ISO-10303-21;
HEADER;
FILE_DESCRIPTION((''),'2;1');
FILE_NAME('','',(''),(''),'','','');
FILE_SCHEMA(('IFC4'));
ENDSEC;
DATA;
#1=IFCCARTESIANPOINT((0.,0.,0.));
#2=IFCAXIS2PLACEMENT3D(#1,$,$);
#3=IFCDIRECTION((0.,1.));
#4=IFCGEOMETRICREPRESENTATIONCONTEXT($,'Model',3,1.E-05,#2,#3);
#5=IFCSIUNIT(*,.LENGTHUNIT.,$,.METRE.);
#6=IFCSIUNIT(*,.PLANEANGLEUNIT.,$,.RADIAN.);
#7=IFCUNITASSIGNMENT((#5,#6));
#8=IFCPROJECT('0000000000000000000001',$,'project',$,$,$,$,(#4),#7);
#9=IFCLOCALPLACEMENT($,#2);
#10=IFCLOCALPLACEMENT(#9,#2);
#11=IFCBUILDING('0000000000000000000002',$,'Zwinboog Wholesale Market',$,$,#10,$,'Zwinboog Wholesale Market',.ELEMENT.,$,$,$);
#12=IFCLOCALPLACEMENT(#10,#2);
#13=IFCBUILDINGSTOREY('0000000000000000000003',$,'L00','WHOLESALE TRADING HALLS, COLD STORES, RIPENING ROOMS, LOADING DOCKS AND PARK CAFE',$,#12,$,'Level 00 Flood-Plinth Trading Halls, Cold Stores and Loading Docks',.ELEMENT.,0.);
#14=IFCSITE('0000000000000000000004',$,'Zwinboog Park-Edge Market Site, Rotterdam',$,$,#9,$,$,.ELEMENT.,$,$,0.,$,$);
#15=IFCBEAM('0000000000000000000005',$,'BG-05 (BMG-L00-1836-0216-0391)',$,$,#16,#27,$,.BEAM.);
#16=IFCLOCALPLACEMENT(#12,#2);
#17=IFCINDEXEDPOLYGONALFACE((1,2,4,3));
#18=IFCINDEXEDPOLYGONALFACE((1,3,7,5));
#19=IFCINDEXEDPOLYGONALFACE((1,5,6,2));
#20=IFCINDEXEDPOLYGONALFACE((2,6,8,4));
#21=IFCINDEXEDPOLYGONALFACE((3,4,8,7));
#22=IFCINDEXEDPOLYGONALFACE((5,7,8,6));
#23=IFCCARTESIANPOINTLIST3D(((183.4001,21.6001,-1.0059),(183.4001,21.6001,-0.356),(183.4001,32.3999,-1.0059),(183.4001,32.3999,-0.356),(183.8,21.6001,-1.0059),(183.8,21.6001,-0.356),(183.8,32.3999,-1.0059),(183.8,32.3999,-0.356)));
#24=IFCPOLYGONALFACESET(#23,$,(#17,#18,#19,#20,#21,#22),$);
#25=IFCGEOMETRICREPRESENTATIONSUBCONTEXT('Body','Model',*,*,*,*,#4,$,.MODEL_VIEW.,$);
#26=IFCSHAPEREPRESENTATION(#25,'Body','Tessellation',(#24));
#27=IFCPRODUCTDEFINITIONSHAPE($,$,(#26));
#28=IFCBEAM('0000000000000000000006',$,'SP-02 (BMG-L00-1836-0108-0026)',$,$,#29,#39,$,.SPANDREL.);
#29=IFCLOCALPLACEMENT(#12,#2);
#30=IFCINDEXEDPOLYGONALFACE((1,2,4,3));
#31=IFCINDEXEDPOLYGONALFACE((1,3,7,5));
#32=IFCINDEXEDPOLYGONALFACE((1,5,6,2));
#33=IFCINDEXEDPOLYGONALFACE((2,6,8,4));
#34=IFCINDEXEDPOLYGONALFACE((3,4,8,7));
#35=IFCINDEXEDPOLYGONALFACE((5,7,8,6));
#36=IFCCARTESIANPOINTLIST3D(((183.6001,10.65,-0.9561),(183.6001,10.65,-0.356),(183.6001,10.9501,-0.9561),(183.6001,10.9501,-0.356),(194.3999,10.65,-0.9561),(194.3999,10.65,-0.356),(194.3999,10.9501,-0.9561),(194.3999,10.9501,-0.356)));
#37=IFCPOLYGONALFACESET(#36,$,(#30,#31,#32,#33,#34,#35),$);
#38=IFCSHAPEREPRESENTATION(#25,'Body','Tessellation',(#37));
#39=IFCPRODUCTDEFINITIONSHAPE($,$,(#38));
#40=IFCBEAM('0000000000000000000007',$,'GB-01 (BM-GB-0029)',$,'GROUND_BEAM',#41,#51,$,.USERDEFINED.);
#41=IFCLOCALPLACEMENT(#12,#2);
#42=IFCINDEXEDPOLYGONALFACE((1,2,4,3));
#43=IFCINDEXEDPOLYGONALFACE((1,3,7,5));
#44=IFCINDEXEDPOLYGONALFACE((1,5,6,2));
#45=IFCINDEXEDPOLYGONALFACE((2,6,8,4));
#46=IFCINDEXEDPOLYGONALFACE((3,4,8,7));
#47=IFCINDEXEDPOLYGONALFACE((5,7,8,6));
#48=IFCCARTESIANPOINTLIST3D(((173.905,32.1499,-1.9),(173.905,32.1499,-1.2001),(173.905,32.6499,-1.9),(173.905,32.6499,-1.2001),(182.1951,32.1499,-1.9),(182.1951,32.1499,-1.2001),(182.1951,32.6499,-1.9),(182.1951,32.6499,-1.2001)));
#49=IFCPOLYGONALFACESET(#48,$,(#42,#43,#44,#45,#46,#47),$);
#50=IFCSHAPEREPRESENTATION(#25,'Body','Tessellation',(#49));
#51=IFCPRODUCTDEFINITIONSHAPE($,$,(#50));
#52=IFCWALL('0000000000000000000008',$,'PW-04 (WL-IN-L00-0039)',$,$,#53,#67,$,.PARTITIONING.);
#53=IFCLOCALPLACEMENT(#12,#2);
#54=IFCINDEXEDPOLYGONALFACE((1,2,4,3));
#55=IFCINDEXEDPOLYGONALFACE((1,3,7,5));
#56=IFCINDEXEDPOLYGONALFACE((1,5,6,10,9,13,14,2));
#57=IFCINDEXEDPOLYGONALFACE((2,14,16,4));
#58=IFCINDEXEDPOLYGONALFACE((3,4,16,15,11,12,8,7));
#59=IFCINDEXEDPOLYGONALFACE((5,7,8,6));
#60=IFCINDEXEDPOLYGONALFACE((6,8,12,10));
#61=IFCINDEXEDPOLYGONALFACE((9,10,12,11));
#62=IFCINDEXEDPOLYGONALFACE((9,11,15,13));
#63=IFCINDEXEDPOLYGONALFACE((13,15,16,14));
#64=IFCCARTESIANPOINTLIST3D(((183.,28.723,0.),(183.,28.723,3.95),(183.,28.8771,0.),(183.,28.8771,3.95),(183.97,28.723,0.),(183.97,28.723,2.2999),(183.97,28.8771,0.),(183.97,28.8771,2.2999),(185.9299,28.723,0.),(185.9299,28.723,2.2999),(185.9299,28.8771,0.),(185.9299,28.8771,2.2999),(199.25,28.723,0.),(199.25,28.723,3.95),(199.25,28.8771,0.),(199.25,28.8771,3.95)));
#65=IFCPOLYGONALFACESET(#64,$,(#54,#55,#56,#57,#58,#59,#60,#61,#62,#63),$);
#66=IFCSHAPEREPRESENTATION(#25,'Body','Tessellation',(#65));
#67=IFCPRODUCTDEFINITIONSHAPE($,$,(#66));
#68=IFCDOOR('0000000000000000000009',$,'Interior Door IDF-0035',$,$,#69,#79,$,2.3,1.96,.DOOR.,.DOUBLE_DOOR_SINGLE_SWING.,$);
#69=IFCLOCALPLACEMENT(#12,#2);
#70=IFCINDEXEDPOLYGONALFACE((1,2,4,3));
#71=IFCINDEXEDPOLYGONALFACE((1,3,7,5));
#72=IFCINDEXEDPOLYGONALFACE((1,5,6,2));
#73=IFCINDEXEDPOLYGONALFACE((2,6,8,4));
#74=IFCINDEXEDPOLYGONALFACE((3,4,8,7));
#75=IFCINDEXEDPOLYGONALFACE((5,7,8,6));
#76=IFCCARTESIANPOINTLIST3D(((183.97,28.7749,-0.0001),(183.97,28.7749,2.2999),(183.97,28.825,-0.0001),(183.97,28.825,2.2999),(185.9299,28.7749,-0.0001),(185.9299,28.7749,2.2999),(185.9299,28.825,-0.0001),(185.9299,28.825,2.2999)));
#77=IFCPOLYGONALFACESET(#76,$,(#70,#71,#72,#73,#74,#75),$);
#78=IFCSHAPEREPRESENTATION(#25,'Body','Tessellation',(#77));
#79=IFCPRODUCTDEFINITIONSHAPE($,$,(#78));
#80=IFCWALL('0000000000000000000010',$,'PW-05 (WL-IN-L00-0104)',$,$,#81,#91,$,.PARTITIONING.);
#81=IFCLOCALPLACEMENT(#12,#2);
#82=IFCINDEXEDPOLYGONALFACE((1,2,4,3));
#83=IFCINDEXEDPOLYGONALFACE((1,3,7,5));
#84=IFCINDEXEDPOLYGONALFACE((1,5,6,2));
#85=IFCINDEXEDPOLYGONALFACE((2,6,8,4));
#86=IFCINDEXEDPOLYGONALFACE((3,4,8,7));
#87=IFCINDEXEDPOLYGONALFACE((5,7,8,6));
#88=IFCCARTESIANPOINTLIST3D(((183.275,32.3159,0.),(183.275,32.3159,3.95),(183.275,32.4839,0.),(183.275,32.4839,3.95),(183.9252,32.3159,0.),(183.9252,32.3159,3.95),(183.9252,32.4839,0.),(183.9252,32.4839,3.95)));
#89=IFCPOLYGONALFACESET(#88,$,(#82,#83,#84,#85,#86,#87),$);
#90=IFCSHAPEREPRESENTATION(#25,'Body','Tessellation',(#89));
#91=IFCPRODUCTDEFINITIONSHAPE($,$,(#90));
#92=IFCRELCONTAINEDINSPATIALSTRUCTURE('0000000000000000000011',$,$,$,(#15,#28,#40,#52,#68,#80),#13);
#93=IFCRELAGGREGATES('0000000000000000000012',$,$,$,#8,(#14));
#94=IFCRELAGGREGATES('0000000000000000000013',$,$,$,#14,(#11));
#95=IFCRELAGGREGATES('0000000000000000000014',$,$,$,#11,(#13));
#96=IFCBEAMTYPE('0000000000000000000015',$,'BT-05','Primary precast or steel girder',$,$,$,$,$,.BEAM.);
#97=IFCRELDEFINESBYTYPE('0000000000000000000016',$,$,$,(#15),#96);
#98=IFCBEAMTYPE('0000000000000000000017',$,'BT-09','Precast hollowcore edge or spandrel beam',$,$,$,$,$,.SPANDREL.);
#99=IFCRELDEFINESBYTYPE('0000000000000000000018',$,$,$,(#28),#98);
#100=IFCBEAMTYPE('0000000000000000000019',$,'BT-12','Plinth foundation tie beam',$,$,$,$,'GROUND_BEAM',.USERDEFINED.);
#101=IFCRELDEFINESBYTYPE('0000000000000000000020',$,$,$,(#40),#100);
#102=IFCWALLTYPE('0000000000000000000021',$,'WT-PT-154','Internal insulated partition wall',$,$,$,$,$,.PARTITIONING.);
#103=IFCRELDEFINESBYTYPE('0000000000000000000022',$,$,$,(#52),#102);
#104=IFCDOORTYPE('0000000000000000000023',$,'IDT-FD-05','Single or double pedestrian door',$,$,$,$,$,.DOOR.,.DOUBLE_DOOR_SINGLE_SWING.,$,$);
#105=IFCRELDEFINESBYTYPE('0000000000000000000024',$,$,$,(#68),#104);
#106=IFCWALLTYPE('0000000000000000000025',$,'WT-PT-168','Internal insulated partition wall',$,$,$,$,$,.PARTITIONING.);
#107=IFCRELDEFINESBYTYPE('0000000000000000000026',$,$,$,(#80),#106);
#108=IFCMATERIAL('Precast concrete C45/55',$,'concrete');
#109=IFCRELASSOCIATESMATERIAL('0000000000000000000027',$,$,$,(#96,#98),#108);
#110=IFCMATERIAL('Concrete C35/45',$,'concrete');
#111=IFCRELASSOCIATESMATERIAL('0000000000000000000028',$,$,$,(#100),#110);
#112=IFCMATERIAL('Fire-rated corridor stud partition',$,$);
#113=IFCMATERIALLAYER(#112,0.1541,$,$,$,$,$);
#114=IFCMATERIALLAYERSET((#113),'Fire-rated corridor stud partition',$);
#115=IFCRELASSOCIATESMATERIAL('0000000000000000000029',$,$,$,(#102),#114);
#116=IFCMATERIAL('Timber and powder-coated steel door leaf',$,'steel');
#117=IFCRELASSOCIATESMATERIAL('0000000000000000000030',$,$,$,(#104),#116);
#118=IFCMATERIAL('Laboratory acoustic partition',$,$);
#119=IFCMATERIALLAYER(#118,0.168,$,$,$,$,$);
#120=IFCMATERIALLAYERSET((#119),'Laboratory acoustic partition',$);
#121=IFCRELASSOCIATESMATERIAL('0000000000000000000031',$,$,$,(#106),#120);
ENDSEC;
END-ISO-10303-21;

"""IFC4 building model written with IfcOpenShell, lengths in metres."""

from ifc_helpers import new_model, si_unit, direction, frame, frame_2d, origin, origin_2d, place, context, subcontext, project, spatial, rectangle, extrude, material, layer, layer_set, material_profile, profile_set, type_object, element, fill, save


model = new_model("IFC4")

# Units and contexts
model_context = context("Model", 3, precision=1e-05, world=origin(), true_north=direction((0.0, 1.0)))
body_context = subcontext(model_context, "Body", "Model", "MODEL_VIEW")
ifc_project = project(units=[si_unit("LENGTHUNIT", "METRE"), si_unit("PLANEANGLEUNIT", "RADIAN")], contexts=[model_context])

# Site, building, storey
site_placement = place(None, origin())
site = spatial("IfcSite", under=ifc_project, at=site_placement, Name="Zwinboog Park-Edge Market Site, Rotterdam", CompositionType="ELEMENT", RefElevation=0.0)
building_placement = place(site_placement, origin())
building = spatial("IfcBuilding", under=site, at=building_placement, Name="Zwinboog Wholesale Market", LongName="Zwinboog Wholesale Market", CompositionType="ELEMENT")
storey_placement = place(building_placement, origin())
storey = spatial("IfcBuildingStorey", under=building, at=storey_placement, Name="L00", Description="WHOLESALE TRADING HALLS, COLD STORES, RIPENING ROOMS, LOADING DOCKS AND PARK CAFE", LongName="Level 00 Flood-Plinth Trading Halls, Cold Stores and Loading Docks", CompositionType="ELEMENT", Elevation=0.0)

# Shared definitions
ifc_material_1 = material(Name="Concrete C35/45", Category="concrete")

# Shared definitions
ifc_material_2 = material(Name="Precast concrete C45/55", Category="concrete")

# Beams
ifc_material_profile_1 = material_profile(ifc_material_2, rectangle(XDim=0.3999, YDim=0.6499, at=origin_2d()), Name="PC 400x650")
ifc_profile_set_1 = profile_set([ifc_material_profile_1], Name="Precast concrete C45/55")
beam_type_1 = type_object("IfcBeamType", Name="BT-05", Description="Primary precast or steel girder", PredefinedType="BEAM", material=ifc_profile_set_1)
beam_1_placement = place(storey_placement, frame((183.6001, 21.6001, -0.6809), z_axis=(0.0, 1.0, 0.0), x_axis=(-1.0, 0.0, 0.0)))
element("IfcBeam", 1, at=beam_1_placement, inside=storey, type_object=beam_type_1, Name="BG-05 (BMG-L00-1836-0216-0391)", PredefinedType="BEAM", context=body_context, shape_type="SweptSolid", body=[
    extrude(rectangle(XDim=0.3999, YDim=0.6499, at=origin_2d()), origin(), (0.0, 0.0, 1.0), 10.7998),
])
ifc_material_profile_2 = material_profile(ifc_material_2, rectangle(XDim=0.3, YDim=0.6001, at=origin_2d()), Name="PC 300x600")
ifc_profile_set_2 = profile_set([ifc_material_profile_2], Name="Precast concrete C45/55")
beam_type_2 = type_object("IfcBeamType", Name="BT-09", Description="Precast hollowcore edge or spandrel beam", PredefinedType="SPANDREL", material=ifc_profile_set_2)
beam_2_placement = place(storey_placement, frame((183.6001, 10.8, -0.656), z_axis=(1.0, 0.0, 0.0), x_axis=(0.0, 1.0, 0.0)))
element("IfcBeam", 2, at=beam_2_placement, inside=storey, type_object=beam_type_2, Name="SP-02 (BMG-L00-1836-0108-0026)", PredefinedType="SPANDREL", context=body_context, shape_type="SweptSolid", body=[
    extrude(rectangle(XDim=0.3, YDim=0.6001, at=origin_2d()), origin(), (0.0, 0.0, 1.0), 10.7998),
])
ifc_material_profile_3 = material_profile(ifc_material_1, rectangle(XDim=0.5, YDim=0.7, at=origin_2d()), Name="RC 500x700")
ifc_profile_set_3 = profile_set([ifc_material_profile_3], Name="Concrete C35/45")
beam_type_3 = type_object("IfcBeamType", Name="BT-12", Description="Plinth foundation tie beam", ElementType="GROUND_BEAM", PredefinedType="USERDEFINED", material=ifc_profile_set_3)
beam_3_placement = place(storey_placement, frame((173.905, 32.3999, -1.55), z_axis=(1.0, 0.0, 0.0), x_axis=(0.0, 1.0, 0.0)))
element("IfcBeam", 3, at=beam_3_placement, inside=storey, type_object=beam_type_3, Name="GB-01 (BM-GB-0029)", ObjectType="GROUND_BEAM", PredefinedType="USERDEFINED", context=body_context, shape_type="SweptSolid", body=[
    extrude(rectangle(XDim=0.5, YDim=0.7, at=origin_2d()), origin(), (0.0, 0.0, 1.0), 8.29),
])

# Wall, opening, door
ifc_material_3 = material(Name="Fire-rated corridor stud partition")
ifc_layer_1 = layer(ifc_material_3, 0.1541)
ifc_layer_set_1 = layer_set([ifc_layer_1], Name="Fire-rated corridor stud partition")
wall_type_1 = type_object("IfcWallType", Name="WT-PT-154", Description="Internal insulated partition wall", PredefinedType="PARTITIONING", material=ifc_layer_set_1)
wall_1_placement = place(storey_placement, frame((183.0, 28.8, 0.0), z_axis=(0.0, 0.0, 1.0), x_axis=(1.0, 0.0, 0.0)))
wall_1 = element("IfcWall", 4, at=wall_1_placement, inside=storey, type_object=wall_type_1, Name="PW-04 (WL-IN-L00-0039)", PredefinedType="PARTITIONING", context=body_context, shape_type="SweptSolid", body=[
    extrude(rectangle(XDim=16.25, YDim=0.1541, at=frame_2d((8.125, 0.0))), origin(), (0.0, 0.0, 1.0), 3.95),
])
opening_placement = place(wall_1_placement, frame((0.97, 0.0, 0.0)))
opening = element("IfcOpeningElement", 5, at=opening_placement, cuts=wall_1, PredefinedType="OPENING", context=body_context, shape_type="SweptSolid", body=[
    extrude(rectangle(XDim=1.96, YDim=2.3, at=frame_2d((0.98, 1.1499))), frame((0.0, 0.0869, 0.0), z_axis=(0.0, -1.0, 0.0), x_axis=(1.0, 0.0, 0.0)), (0.0, 0.0, 1.0), 0.1741),
])
ifc_material_4 = material(Name="Timber and powder-coated steel door leaf", Category="steel")
door_type = type_object("IfcDoorType", Name="IDT-FD-05", Description="Single or double pedestrian door", OperationType="DOUBLE_DOOR_SINGLE_SWING", PredefinedType="DOOR", material=ifc_material_4)
door_placement = place(opening_placement, origin())
door = element("IfcDoor", 6, at=door_placement, inside=storey, type_object=door_type, Name="Interior Door IDF-0035", OperationType="DOUBLE_DOOR_SINGLE_SWING", OverallHeight=2.3, OverallWidth=1.96, PredefinedType="DOOR", context=body_context, shape_type="SweptSolid", body=[
    extrude(rectangle(XDim=1.96, YDim=2.3, at=frame_2d((0.98, 1.1499))), frame((0.0, 0.0249, 0.0), z_axis=(0.0, -1.0, 0.0), x_axis=(1.0, 0.0, 0.0)), (0.0, 0.0, 1.0), 0.05),
])
fill(opening, door)

# Wall
ifc_material_5 = material(Name="Laboratory acoustic partition")
ifc_layer_2 = layer(ifc_material_5, 0.168)
ifc_layer_set_2 = layer_set([ifc_layer_2], Name="Laboratory acoustic partition")
wall_type_2 = type_object("IfcWallType", Name="WT-PT-168", Description="Internal insulated partition wall", PredefinedType="PARTITIONING", material=ifc_layer_set_2)
wall_2_placement = place(storey_placement, frame((183.2749, 32.3999, 0.0), z_axis=(0.0, 0.0, 1.0), x_axis=(1.0, 0.0, 0.0)))
element("IfcWall", 7, at=wall_2_placement, inside=storey, type_object=wall_type_2, Name="PW-05 (WL-IN-L00-0104)", PredefinedType="PARTITIONING", context=body_context, shape_type="SweptSolid", body=[
    extrude(rectangle(XDim=0.6501, YDim=0.168, at=frame_2d((0.3252, 0.0))), origin(), (0.0, 0.0, 1.0), 3.95),
])

save(model, "model.ifc")
